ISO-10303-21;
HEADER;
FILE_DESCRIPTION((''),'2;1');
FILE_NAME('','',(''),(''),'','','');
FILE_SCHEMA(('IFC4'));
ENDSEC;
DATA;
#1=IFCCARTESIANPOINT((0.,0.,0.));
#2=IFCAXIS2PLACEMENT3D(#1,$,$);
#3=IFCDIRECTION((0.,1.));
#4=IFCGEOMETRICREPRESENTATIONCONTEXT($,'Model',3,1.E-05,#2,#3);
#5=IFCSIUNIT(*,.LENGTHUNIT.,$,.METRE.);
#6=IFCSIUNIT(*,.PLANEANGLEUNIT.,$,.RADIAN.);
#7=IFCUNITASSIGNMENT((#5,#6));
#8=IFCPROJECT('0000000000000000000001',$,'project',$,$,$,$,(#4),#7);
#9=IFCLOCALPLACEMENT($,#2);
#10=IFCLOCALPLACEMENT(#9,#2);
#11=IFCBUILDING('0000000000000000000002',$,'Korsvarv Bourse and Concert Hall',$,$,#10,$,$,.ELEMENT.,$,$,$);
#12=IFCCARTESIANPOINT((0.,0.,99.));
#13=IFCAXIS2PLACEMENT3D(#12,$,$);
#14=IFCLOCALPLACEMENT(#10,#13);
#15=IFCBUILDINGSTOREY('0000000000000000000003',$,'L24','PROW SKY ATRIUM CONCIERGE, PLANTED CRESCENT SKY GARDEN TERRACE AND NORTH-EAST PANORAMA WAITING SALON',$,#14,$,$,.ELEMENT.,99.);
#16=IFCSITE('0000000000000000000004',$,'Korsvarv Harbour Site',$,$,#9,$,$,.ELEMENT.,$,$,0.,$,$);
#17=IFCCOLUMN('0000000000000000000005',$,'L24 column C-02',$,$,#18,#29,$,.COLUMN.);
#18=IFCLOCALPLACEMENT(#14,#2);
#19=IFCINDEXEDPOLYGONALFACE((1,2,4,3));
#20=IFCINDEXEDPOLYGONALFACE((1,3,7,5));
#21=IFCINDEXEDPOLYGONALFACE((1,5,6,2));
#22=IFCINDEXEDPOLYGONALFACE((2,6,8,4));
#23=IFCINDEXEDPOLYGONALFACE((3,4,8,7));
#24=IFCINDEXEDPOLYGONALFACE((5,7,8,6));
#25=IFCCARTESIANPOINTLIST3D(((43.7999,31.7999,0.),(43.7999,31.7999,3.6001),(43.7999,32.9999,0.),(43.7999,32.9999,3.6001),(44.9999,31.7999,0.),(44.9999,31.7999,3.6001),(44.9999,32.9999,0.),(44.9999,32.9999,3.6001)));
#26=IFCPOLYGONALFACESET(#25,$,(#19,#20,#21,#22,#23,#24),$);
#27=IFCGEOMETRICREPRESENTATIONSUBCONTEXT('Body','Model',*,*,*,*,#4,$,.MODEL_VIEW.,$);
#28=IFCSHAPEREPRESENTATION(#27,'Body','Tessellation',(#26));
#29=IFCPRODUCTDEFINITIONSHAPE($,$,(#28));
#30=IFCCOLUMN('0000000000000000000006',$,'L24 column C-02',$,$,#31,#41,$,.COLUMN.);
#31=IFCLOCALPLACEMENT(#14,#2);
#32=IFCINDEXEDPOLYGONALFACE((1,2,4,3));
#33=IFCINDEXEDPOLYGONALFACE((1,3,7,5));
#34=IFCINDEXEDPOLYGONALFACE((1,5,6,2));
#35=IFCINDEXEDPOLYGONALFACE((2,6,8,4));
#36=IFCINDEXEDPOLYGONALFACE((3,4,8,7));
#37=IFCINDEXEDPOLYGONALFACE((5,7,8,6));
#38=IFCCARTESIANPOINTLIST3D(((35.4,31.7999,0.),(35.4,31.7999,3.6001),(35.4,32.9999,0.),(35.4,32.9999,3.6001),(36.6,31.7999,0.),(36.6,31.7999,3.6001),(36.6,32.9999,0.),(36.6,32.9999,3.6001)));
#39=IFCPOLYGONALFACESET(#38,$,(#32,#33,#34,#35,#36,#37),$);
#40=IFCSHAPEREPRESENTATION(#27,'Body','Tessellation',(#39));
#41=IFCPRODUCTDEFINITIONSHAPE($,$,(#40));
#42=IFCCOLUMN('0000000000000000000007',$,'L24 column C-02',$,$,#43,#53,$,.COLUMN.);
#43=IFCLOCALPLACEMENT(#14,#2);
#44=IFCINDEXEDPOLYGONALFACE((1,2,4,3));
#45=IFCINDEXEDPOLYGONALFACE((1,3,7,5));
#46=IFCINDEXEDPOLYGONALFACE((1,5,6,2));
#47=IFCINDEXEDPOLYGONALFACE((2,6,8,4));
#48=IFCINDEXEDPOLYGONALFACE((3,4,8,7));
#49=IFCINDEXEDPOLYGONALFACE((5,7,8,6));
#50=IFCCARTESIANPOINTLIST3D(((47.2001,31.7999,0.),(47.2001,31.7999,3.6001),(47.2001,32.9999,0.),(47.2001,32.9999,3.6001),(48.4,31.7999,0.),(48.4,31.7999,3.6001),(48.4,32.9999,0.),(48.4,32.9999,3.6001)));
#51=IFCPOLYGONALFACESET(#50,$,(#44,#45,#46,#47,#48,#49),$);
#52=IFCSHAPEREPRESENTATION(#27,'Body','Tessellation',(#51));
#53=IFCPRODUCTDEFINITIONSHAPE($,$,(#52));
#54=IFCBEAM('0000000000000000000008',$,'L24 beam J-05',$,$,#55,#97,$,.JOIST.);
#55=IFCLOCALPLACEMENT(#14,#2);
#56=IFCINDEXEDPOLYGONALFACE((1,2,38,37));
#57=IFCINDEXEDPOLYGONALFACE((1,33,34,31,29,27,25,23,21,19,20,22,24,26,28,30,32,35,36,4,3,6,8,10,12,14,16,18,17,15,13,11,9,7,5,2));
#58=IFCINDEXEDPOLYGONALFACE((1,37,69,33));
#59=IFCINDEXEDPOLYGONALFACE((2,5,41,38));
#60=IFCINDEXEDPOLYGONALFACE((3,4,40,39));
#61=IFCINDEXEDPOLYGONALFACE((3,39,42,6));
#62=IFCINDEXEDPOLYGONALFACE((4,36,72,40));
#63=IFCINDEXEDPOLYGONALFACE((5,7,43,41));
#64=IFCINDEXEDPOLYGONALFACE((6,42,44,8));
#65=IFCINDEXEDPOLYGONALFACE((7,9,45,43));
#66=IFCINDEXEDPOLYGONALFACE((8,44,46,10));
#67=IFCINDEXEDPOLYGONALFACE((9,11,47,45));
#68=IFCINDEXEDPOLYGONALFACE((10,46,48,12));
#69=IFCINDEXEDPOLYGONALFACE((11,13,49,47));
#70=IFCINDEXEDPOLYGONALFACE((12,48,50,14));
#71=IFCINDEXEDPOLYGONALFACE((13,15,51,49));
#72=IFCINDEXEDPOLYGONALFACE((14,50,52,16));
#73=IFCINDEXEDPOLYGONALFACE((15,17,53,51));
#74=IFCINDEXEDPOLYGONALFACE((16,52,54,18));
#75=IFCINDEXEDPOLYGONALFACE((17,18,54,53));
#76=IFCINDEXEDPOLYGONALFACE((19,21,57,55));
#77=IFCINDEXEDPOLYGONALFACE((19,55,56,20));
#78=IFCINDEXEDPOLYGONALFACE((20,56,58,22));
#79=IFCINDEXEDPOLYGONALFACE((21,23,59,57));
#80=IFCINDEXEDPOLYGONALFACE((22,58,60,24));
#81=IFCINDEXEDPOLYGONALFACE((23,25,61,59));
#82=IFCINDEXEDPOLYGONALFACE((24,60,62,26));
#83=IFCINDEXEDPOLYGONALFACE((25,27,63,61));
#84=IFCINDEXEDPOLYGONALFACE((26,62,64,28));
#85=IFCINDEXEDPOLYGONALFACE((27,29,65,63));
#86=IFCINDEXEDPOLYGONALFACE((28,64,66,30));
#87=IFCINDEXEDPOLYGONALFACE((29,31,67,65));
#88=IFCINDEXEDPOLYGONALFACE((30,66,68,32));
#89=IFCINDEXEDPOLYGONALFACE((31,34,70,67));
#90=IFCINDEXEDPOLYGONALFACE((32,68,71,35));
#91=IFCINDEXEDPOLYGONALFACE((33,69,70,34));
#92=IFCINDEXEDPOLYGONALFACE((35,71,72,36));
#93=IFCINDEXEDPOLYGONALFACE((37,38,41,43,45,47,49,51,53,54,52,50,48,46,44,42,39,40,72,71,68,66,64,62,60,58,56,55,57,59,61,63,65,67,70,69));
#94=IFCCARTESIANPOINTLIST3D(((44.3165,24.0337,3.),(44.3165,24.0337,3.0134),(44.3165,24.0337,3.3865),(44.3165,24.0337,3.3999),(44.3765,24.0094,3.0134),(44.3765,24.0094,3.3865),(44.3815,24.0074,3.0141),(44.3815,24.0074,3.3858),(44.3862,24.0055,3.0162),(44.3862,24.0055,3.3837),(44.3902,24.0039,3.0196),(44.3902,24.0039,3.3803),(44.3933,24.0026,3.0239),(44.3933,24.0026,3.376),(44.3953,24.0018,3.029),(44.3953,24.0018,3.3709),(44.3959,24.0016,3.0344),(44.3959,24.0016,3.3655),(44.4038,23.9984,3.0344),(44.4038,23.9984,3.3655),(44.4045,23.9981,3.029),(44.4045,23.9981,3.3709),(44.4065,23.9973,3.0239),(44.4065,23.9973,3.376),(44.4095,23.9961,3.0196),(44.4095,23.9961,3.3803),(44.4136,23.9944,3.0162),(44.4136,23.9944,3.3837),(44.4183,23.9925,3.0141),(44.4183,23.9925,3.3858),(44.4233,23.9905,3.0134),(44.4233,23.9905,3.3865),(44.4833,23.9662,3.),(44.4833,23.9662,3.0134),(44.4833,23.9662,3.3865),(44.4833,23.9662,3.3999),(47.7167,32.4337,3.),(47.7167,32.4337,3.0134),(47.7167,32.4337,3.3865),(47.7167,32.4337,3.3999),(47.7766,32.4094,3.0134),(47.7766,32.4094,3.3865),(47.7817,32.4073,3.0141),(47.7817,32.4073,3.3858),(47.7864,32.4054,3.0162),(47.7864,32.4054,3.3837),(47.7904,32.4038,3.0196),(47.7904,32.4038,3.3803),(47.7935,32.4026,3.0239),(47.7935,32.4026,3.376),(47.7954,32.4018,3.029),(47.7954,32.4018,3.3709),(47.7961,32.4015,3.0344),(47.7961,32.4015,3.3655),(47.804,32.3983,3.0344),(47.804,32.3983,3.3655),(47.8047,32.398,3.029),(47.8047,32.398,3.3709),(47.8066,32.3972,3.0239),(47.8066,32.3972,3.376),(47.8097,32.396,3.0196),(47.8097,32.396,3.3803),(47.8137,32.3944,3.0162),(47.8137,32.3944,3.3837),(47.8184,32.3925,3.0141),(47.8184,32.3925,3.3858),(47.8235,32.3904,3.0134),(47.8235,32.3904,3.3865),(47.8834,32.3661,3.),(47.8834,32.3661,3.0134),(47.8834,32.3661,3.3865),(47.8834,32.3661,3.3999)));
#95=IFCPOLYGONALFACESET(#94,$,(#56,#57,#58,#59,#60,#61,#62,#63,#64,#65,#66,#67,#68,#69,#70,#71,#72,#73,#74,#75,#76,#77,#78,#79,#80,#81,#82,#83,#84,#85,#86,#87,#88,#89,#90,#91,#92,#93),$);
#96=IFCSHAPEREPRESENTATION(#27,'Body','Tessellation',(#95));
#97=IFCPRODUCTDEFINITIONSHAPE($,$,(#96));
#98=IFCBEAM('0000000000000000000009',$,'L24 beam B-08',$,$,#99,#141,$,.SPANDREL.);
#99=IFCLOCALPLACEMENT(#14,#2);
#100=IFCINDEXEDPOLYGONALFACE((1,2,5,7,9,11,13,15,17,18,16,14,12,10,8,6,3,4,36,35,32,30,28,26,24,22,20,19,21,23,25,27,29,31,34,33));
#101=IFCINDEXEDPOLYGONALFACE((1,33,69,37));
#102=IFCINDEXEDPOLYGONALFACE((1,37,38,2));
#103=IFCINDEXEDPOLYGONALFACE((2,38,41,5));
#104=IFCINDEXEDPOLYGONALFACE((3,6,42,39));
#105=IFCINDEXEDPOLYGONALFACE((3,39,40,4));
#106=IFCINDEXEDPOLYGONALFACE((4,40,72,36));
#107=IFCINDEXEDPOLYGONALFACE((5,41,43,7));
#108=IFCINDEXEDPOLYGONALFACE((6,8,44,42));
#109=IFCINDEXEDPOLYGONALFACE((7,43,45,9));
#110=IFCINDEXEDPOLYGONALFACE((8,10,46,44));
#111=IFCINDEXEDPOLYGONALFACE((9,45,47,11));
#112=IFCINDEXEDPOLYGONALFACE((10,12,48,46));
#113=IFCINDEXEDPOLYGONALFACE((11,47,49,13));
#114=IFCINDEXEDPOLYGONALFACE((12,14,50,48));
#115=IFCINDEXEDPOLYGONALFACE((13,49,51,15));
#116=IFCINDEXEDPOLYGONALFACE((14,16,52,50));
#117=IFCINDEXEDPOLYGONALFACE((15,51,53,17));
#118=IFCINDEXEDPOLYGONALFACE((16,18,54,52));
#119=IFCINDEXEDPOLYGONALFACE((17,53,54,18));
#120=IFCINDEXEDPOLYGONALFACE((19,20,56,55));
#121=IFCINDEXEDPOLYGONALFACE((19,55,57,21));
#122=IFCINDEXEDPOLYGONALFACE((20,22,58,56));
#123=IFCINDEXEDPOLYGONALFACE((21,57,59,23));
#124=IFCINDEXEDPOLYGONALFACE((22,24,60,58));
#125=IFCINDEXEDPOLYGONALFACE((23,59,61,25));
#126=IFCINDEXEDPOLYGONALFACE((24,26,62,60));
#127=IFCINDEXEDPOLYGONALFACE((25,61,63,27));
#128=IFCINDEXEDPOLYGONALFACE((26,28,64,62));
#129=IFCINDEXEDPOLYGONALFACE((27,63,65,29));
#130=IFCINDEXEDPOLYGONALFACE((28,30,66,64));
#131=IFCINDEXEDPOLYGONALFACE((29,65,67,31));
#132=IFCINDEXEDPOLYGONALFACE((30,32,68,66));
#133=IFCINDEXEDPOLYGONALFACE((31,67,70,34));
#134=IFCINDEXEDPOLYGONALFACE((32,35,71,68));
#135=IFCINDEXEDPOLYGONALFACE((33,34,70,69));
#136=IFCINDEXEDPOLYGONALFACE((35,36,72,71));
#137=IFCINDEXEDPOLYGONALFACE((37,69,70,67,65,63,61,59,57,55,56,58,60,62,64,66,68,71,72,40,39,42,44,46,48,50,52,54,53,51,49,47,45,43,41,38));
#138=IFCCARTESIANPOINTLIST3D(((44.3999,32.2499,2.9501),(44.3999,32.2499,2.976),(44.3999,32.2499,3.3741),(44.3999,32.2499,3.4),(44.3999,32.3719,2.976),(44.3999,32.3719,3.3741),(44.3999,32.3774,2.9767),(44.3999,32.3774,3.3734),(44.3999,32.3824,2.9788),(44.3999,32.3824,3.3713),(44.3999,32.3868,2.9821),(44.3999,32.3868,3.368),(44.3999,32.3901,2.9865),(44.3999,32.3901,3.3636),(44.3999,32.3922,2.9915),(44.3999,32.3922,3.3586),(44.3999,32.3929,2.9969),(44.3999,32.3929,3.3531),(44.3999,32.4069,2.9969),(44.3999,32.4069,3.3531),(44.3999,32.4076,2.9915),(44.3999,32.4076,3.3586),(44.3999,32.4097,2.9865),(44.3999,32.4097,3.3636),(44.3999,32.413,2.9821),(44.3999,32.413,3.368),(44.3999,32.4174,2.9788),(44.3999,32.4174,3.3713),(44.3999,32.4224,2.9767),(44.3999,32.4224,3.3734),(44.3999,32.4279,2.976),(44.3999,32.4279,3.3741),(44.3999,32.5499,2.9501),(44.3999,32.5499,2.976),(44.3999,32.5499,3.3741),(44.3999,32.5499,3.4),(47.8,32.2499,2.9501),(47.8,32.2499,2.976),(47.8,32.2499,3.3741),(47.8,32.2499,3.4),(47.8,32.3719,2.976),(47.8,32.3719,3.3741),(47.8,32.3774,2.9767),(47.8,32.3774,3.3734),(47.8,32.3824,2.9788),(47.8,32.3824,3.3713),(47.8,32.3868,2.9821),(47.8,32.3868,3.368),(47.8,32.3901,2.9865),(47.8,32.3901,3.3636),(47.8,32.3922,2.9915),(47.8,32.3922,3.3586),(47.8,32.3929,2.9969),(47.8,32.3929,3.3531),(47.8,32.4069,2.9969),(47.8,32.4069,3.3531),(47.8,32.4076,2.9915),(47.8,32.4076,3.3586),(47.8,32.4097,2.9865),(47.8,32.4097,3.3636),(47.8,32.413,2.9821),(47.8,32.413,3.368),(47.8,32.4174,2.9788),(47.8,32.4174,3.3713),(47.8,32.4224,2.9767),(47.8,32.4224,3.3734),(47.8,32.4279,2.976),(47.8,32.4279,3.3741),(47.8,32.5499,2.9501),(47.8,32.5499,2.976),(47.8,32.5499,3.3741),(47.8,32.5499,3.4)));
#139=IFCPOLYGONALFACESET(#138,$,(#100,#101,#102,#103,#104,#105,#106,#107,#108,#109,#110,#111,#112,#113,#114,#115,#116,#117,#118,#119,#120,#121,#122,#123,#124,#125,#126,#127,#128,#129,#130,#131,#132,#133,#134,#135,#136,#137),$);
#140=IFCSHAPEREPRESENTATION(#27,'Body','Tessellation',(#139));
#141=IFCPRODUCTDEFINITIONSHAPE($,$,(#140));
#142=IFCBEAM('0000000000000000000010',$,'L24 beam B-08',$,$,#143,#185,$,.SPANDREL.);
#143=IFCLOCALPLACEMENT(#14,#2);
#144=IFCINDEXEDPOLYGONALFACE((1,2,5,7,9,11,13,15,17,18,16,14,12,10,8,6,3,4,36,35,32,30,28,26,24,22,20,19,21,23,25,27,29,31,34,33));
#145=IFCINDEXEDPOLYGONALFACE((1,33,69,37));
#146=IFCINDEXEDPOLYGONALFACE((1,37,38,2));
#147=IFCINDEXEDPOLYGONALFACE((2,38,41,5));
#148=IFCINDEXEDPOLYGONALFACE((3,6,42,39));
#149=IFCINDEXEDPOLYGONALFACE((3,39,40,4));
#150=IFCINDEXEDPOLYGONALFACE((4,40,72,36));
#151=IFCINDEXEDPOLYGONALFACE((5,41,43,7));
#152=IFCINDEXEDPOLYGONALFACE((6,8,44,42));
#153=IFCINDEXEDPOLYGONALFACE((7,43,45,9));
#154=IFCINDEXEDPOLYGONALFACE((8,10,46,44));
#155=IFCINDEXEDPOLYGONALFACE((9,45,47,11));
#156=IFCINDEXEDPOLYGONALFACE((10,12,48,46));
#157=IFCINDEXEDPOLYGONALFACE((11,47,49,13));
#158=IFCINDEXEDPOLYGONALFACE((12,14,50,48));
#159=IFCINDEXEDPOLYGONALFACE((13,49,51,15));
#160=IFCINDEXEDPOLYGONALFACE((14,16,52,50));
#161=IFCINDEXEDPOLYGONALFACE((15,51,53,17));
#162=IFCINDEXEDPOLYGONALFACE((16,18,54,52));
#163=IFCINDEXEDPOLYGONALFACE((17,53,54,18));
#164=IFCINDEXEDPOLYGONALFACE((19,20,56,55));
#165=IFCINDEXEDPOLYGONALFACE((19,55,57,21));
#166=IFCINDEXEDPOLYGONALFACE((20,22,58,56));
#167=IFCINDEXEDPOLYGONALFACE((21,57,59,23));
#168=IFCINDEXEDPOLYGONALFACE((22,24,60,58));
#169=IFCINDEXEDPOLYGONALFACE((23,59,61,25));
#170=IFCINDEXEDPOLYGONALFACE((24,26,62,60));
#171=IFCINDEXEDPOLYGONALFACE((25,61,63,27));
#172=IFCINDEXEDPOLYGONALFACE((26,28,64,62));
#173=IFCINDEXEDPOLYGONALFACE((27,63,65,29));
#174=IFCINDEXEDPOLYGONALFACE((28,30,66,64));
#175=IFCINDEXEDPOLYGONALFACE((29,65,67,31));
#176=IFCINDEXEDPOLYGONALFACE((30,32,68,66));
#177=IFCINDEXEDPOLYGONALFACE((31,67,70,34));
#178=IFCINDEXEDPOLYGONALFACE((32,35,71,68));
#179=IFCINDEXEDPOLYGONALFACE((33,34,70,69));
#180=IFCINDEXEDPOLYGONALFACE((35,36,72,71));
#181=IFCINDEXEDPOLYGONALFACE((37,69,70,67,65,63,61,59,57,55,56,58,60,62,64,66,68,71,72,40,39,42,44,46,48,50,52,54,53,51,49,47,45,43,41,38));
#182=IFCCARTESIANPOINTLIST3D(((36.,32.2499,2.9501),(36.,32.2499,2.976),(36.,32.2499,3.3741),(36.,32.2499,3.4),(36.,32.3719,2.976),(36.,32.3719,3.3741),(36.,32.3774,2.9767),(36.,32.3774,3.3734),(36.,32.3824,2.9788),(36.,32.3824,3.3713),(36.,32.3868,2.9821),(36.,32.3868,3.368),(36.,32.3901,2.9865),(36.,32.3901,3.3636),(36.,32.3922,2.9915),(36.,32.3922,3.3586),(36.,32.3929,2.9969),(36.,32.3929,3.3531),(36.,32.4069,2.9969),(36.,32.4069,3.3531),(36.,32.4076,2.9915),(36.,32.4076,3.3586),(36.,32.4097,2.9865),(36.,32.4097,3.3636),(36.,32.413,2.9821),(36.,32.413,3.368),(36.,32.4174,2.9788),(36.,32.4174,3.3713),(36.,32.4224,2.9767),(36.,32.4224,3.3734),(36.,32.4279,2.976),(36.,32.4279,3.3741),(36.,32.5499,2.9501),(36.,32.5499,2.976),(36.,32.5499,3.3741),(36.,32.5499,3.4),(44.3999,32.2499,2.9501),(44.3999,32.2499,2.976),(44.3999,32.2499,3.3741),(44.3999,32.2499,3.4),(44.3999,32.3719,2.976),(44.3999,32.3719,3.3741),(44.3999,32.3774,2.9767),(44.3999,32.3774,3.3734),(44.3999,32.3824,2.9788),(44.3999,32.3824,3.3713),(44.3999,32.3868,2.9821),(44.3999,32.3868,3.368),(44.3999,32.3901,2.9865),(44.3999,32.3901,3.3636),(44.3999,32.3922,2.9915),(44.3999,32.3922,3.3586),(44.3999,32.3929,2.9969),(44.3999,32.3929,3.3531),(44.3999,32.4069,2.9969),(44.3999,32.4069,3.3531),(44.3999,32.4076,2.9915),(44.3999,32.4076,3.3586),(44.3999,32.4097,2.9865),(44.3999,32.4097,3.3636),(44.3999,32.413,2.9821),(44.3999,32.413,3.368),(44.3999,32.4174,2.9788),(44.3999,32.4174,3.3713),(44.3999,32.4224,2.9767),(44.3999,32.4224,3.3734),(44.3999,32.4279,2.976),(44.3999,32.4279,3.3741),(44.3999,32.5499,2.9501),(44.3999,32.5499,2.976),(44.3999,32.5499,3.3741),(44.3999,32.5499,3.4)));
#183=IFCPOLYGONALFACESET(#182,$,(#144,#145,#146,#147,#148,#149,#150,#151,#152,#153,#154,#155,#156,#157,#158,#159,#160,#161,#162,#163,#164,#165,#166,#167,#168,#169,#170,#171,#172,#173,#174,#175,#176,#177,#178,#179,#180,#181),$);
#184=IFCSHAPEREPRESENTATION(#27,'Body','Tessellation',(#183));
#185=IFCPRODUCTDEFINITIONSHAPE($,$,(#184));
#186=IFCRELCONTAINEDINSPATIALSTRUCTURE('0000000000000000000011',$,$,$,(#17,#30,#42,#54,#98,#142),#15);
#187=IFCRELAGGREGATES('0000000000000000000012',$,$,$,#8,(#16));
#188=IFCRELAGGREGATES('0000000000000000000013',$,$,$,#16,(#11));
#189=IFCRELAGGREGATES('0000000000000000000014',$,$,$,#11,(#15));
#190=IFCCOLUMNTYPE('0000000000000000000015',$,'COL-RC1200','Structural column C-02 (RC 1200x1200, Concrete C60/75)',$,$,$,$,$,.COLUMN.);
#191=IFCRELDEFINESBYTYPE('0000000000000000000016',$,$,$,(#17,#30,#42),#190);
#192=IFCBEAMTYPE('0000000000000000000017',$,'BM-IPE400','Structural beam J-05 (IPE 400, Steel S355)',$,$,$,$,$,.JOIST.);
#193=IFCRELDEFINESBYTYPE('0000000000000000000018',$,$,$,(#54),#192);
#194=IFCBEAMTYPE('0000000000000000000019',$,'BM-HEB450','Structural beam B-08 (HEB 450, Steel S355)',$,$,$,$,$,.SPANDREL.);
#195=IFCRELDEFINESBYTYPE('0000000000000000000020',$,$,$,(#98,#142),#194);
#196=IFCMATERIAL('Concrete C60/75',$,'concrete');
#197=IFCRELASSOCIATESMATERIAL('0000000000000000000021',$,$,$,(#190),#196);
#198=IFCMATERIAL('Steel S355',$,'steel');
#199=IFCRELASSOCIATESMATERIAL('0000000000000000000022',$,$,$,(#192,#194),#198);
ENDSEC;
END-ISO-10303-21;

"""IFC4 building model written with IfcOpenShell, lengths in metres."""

from ifc_helpers import new_model, si_unit, direction, frame, origin, origin_2d, place, context, subcontext, project, spatial, rectangle, i_section, extrude, source, transform, mapped, material, material_profile, profile_set, type_object, element, save


model = new_model("IFC4")

# Units and contexts
model_context = context("Model", 3, precision=1e-05, world=origin(), true_north=direction((0.0, 1.0)))
body_context = subcontext(model_context, "Body", "Model", "MODEL_VIEW")
ifc_project = project(units=[si_unit("LENGTHUNIT", "METRE"), si_unit("PLANEANGLEUNIT", "RADIAN")], contexts=[model_context])

# Site, building, storey
site_placement = place(None, origin())
site = spatial("IfcSite", under=ifc_project, at=site_placement, Name="Korsvarv Harbour Site", CompositionType="ELEMENT", RefElevation=0.0)
building_placement = place(site_placement, origin())
building = spatial("IfcBuilding", under=site, at=building_placement, Name="Korsvarv Bourse and Concert Hall", CompositionType="ELEMENT")
storey_placement = place(building_placement, frame((0.0, 0.0, 99.0)))
storey = spatial("IfcBuildingStorey", under=building, at=storey_placement, Name="L24", Description="PROW SKY ATRIUM CONCIERGE, PLANTED CRESCENT SKY GARDEN TERRACE AND NORTH-EAST PANORAMA WAITING SALON", CompositionType="ELEMENT", Elevation=99.0)

# Columns
ifc_material_1 = material(Name="Concrete C60/75", Category="concrete")
ifc_material_profile_1 = material_profile(ifc_material_1, rectangle(XDim=1.2, YDim=1.2, at=origin_2d()), Name="RC 1200x1200")
ifc_profile_set_1 = profile_set([ifc_material_profile_1], Name="Concrete C60/75")
column_type = type_object("IfcColumnType", Name="COL-RC1200", Description="Structural column C-02 (RC 1200x1200, Concrete C60/75)", PredefinedType="COLUMN", material=ifc_profile_set_1)
shared_shape_1 = source(origin(), body_context, "Body", "SweptSolid", [
    extrude(rectangle(XDim=1.2, YDim=1.2, at=origin_2d()), origin(), (0.0, 0.0, 1.0), 3.6001),
])
for number, where, z_axis, x_axis, name in (
    (1, (44.3999, 32.3999, 0.0), (0.0, 0.0, 1.0), (1.0, 0.0, 0.0), "L24 column C-02"),
    (2, (36.0, 32.3999, 0.0), (0.0, 0.0, 1.0), (1.0, 0.0, 0.0), "L24 column C-02"),
    (3, (47.8, 32.3999, 0.0), (0.0, 0.0, 1.0), (1.0, 0.0, 0.0), "L24 column C-02"),
):
    element("IfcColumn", number, at=place(storey_placement, frame(where, z_axis=z_axis, x_axis=x_axis)), inside=storey, type_object=column_type, Name=name, PredefinedType="COLUMN", context=body_context, shape_type="MappedRepresentation", body=[
        mapped(shared_shape_1, transform((0.0, 0.0, 0.0), scale=1.0)),
    ])

# Beams
ifc_material_2 = material(Name="Steel S355", Category="steel")
ifc_material_profile_2 = material_profile(ifc_material_2, i_section(OverallWidth=0.1799, OverallDepth=0.3999, WebThickness=0.0085, FlangeThickness=0.0134, FilletRadius=0.021, at=origin_2d()), Name="IPE 400")
ifc_profile_set_2 = profile_set([ifc_material_profile_2], Name="Steel S355")
beam_type_1 = type_object("IfcBeamType", Name="BM-IPE400", Description="Structural beam J-05 (IPE 400, Steel S355)", PredefinedType="JOIST", material=ifc_profile_set_2)
shared_shape_2 = source(origin(), body_context, "Body", "SweptSolid", [
    extrude(i_section(OverallWidth=0.1799, OverallDepth=0.3999, WebThickness=0.0085, FlangeThickness=0.0134, FilletRadius=0.021, at=origin_2d()), origin(), (0.0, 0.0, 1.0), 9.062),
])
beam_1_placement = place(storey_placement, frame((47.8, 32.3999, 3.2), z_axis=(-0.37521, -0.92694, 0.0), x_axis=(0.92694, -0.37521, 0.0)))
element("IfcBeam", 4, at=beam_1_placement, inside=storey, type_object=beam_type_1, Name="L24 beam J-05", PredefinedType="JOIST", context=body_context, shape_type="MappedRepresentation", body=[
    mapped(shared_shape_2, transform((0.0, 0.0, 0.0), scale=1.0)),
])
ifc_material_profile_3 = material_profile(ifc_material_2, i_section(OverallWidth=0.3, OverallDepth=0.45, WebThickness=0.0139, FlangeThickness=0.0259, FilletRadius=0.021, at=origin_2d()), Name="HEB 450")
ifc_profile_set_3 = profile_set([ifc_material_profile_3], Name="Steel S355")
beam_type_2 = type_object("IfcBeamType", Name="BM-HEB450", Description="Structural beam B-08 (HEB 450, Steel S355)", PredefinedType="SPANDREL", material=ifc_profile_set_3)
shared_shape_3 = source(origin(), body_context, "Body", "SweptSolid", [
    extrude(i_section(OverallWidth=0.3, OverallDepth=0.45, WebThickness=0.0139, FlangeThickness=0.0259, FilletRadius=0.021, at=origin_2d()), origin(), (0.0, 0.0, 1.0), 3.4001),
])
beam_2_placement = place(storey_placement, frame((44.3999, 32.3999, 3.175), z_axis=(1.0, 0.0, 0.0), x_axis=(0.0, 1.0, 0.0)))
element("IfcBeam", 5, at=beam_2_placement, inside=storey, type_object=beam_type_2, Name="L24 beam B-08", PredefinedType="SPANDREL", context=body_context, shape_type="MappedRepresentation", body=[
    mapped(shared_shape_3, transform((0.0, 0.0, 0.0), scale=1.0)),
])
shared_shape_4 = source(origin(), body_context, "Body", "SweptSolid", [
    extrude(i_section(OverallWidth=0.3, OverallDepth=0.45, WebThickness=0.0139, FlangeThickness=0.0259, FilletRadius=0.021, at=origin_2d()), origin(), (0.0, 0.0, 1.0), 8.3999),
])
beam_3_placement = place(storey_placement, frame((36.0, 32.3999, 3.175), z_axis=(1.0, 0.0, 0.0), x_axis=(0.0, 1.0, 0.0)))
element("IfcBeam", 6, at=beam_3_placement, inside=storey, type_object=beam_type_2, Name="L24 beam B-08", PredefinedType="SPANDREL", context=body_context, shape_type="MappedRepresentation", body=[
    mapped(shared_shape_4, transform((0.0, 0.0, 0.0), scale=1.0)),
])

save(model, "model.ifc")
